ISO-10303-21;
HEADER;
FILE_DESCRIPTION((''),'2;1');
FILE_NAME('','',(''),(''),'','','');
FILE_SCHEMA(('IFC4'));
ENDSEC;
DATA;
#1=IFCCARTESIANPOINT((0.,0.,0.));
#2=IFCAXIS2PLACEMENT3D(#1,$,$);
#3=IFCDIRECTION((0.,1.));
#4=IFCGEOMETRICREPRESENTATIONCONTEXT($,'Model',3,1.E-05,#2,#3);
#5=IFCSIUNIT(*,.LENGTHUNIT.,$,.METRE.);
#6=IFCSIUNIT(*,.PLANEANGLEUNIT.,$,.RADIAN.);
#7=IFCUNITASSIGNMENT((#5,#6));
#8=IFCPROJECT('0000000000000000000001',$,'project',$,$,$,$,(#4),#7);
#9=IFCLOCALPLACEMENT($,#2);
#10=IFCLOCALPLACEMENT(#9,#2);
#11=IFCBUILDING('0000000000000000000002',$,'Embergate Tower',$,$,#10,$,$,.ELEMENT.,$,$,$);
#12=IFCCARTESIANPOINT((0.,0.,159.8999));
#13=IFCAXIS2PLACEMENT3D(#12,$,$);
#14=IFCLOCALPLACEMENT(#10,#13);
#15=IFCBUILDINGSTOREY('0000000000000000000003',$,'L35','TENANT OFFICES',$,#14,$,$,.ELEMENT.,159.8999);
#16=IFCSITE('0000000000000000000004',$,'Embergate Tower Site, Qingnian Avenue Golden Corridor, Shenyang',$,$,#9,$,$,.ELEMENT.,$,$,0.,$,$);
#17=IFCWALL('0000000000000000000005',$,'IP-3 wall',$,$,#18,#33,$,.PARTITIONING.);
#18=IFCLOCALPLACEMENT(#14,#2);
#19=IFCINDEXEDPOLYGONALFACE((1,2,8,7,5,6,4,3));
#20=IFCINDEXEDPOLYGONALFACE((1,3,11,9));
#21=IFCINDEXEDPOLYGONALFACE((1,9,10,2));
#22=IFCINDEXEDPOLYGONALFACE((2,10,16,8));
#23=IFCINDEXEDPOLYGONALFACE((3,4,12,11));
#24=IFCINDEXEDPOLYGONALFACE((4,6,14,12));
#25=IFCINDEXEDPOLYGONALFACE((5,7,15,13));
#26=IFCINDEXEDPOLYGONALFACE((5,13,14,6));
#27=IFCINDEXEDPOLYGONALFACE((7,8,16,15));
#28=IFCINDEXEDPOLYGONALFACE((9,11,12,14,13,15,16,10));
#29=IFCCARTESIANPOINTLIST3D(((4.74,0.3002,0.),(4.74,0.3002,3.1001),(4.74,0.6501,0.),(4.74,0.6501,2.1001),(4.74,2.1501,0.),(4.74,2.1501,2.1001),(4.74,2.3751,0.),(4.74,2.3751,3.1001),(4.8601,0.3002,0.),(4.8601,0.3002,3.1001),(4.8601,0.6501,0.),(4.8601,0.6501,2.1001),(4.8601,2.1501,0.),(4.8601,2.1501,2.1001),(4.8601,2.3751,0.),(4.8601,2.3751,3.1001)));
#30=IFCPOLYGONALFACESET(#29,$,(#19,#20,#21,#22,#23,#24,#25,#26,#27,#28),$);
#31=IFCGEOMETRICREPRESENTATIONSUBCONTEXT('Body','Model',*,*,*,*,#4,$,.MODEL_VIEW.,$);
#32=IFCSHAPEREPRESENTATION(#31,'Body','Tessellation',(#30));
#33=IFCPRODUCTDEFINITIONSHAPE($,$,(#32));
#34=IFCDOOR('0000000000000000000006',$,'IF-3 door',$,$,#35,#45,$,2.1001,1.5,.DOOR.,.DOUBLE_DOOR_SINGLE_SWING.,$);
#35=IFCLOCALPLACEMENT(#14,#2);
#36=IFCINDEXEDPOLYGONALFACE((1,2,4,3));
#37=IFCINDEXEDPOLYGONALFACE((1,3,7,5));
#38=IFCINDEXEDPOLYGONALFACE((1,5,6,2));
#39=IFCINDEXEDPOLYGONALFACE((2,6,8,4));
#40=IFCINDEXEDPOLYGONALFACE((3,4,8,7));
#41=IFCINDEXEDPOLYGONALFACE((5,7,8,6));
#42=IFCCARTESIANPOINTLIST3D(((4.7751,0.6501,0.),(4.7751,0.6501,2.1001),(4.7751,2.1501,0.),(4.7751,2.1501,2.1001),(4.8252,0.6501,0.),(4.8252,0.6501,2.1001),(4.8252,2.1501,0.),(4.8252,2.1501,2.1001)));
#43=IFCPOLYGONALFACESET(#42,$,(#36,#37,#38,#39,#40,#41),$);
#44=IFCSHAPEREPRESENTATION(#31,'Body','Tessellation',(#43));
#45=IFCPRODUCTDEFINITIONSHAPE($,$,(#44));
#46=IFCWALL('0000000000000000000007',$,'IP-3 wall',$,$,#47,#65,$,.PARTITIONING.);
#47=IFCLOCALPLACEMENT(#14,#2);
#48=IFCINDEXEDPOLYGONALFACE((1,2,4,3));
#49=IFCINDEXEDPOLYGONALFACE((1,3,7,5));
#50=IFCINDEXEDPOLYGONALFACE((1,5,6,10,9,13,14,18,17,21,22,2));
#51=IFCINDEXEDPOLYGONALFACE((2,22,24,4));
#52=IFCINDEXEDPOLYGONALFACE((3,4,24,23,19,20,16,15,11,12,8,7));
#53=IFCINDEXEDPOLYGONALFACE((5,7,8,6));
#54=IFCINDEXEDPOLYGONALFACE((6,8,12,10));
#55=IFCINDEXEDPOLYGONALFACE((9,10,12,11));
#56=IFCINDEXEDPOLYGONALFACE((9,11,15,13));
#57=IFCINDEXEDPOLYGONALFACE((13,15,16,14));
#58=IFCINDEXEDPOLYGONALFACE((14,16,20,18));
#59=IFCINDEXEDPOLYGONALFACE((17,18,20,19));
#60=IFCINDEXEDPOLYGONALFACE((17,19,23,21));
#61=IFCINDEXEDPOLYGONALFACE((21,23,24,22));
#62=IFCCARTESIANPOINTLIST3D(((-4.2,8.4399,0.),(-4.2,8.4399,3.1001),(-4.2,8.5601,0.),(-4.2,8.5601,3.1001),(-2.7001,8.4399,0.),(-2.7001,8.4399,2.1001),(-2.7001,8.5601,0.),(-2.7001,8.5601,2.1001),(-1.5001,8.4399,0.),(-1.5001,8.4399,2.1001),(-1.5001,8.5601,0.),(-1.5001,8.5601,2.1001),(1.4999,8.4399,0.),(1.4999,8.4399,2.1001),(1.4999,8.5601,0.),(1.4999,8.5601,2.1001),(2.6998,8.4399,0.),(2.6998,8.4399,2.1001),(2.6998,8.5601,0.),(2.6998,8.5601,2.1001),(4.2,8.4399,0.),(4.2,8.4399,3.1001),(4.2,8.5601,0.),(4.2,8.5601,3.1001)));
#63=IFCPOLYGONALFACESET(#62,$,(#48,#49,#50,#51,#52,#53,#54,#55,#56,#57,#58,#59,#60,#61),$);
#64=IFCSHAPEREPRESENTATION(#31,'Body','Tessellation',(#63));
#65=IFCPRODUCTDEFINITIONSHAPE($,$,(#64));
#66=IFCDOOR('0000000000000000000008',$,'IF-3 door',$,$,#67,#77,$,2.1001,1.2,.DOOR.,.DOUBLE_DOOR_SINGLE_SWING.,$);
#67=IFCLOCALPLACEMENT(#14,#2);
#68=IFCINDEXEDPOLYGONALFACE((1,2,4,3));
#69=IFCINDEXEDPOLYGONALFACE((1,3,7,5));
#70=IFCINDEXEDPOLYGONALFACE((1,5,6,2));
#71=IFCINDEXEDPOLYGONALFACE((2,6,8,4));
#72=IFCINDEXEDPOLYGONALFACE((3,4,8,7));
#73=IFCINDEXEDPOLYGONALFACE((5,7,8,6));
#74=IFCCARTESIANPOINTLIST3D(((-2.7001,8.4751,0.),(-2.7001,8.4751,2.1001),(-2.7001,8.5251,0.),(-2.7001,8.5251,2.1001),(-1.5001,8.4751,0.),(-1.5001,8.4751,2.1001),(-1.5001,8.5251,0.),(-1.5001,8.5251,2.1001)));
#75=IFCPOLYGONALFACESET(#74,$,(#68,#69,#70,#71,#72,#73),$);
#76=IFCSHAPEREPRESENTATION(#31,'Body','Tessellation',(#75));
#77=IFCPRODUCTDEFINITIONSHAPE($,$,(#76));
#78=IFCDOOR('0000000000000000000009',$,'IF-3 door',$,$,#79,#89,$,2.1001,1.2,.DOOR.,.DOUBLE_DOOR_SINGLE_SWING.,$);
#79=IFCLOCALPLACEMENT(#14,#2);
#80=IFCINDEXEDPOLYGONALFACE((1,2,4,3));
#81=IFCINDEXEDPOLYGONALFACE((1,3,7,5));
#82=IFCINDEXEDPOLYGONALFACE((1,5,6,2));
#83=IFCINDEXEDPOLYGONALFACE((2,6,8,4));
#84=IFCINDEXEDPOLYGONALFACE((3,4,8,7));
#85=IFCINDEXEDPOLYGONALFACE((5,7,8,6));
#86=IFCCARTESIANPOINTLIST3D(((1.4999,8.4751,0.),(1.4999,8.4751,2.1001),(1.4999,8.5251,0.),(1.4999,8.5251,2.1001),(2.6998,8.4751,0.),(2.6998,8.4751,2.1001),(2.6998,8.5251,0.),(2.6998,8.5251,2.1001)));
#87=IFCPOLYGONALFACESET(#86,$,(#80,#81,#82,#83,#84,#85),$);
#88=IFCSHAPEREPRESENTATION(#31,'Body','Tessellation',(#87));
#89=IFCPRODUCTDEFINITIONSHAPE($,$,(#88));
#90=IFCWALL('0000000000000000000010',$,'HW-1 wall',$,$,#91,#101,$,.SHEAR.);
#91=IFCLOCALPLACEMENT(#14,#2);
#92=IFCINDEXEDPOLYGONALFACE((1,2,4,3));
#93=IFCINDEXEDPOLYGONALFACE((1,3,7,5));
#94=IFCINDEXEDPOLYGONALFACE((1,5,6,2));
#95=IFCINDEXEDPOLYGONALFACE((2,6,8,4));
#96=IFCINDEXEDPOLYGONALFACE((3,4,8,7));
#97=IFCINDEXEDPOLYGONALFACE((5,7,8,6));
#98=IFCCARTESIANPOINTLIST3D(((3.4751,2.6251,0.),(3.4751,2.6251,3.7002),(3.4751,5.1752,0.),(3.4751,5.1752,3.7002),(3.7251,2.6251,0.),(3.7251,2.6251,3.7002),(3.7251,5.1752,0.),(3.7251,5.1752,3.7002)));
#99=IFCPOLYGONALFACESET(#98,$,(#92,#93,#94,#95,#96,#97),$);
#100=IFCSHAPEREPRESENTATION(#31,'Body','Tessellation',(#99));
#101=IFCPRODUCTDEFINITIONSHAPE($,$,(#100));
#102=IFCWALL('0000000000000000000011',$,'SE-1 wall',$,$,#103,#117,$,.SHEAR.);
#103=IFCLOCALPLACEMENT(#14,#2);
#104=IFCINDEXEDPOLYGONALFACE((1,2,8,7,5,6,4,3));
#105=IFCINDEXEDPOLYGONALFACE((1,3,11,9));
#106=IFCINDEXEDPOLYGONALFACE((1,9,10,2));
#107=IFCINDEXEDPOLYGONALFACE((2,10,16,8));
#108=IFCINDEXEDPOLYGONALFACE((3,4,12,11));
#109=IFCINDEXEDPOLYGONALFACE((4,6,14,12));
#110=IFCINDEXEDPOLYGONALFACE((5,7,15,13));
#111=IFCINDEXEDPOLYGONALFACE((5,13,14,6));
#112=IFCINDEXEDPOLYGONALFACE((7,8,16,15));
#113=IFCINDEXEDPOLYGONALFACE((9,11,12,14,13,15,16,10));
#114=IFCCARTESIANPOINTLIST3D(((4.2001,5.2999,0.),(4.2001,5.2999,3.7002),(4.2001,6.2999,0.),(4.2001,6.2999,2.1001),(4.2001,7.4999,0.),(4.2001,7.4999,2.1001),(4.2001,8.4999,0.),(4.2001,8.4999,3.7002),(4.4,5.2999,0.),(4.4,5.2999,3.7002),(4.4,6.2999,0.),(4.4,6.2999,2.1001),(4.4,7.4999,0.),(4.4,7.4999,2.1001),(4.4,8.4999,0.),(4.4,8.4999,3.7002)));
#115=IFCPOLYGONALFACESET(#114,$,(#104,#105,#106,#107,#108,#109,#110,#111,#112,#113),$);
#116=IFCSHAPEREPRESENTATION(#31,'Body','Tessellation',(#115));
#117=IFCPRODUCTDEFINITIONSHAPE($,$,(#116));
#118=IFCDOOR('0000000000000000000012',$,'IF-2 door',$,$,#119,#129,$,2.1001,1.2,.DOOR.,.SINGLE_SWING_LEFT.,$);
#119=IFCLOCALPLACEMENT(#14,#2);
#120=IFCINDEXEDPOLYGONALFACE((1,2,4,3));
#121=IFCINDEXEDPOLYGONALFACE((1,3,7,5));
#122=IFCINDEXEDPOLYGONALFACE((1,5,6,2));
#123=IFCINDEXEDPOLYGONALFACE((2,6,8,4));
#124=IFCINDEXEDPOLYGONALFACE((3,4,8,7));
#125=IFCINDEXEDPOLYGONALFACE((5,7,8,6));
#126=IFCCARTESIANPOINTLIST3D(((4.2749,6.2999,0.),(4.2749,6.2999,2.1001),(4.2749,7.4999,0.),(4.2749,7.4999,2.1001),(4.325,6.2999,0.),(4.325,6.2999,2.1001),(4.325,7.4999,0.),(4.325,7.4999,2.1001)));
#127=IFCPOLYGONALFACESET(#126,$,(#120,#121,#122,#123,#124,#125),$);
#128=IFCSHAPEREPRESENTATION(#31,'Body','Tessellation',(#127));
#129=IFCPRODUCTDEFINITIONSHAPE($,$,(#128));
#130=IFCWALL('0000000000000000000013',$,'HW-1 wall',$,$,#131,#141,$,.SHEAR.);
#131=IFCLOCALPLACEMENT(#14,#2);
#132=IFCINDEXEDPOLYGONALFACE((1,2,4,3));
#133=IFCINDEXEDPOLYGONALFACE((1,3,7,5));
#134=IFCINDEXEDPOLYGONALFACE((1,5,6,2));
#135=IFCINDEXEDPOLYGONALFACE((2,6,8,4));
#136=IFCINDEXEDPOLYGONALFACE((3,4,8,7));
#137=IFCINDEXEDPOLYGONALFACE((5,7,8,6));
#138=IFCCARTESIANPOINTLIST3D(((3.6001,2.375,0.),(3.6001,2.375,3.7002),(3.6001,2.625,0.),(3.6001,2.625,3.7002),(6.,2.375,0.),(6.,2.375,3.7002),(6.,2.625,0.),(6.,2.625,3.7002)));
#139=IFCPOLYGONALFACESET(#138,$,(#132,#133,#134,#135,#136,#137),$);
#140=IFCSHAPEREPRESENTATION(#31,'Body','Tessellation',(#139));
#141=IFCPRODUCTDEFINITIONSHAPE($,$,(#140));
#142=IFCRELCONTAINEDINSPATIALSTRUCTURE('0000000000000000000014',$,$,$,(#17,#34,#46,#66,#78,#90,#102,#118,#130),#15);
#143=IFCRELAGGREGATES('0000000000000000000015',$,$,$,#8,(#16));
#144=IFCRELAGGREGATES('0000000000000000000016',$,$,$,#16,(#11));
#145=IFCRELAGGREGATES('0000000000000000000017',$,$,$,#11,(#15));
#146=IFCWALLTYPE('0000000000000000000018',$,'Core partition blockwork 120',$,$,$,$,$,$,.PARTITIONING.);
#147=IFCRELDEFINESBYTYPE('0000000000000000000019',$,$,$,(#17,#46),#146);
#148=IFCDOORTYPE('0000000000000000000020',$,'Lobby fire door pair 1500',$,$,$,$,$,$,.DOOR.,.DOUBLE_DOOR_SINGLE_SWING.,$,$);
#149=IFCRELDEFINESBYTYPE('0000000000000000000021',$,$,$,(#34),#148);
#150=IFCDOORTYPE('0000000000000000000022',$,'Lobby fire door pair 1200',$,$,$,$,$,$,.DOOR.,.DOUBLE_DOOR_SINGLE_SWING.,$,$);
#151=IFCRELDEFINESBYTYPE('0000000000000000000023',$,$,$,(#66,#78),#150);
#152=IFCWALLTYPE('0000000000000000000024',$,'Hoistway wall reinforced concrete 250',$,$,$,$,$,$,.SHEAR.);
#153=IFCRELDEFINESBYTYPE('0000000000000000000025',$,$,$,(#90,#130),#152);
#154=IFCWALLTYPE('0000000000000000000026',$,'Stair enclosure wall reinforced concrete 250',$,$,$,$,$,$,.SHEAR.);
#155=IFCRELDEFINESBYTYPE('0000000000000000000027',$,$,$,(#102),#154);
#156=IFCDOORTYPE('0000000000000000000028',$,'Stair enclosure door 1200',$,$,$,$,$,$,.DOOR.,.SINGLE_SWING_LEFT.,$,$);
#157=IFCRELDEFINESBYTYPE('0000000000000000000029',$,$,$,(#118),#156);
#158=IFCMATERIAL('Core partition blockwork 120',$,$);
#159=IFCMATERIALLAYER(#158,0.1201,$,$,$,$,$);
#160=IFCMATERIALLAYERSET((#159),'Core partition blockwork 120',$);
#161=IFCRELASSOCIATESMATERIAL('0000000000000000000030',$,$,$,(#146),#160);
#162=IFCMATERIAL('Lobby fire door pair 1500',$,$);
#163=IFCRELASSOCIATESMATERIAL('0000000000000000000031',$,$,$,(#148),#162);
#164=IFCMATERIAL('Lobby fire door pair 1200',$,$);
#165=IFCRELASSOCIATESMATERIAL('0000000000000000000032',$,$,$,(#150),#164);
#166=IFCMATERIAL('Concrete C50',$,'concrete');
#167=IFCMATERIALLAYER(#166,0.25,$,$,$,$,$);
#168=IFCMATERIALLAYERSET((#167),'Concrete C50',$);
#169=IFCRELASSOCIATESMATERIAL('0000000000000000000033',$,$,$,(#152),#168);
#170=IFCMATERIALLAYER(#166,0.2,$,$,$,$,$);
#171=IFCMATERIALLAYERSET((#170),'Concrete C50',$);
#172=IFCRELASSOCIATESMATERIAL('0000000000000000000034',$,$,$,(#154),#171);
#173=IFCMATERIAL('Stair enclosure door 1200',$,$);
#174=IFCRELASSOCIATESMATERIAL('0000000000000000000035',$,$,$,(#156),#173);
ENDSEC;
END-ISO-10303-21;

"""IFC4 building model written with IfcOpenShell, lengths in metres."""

from ifc_helpers import new_model, si_unit, direction, frame, frame_2d, origin, place, context, subcontext, project, spatial, rectangle, extrude, source, transform, mapped, material, layer, layer_set, type_object, element, fill, save


model = new_model("IFC4")

# Units and contexts
model_context = context("Model", 3, precision=1e-05, world=origin(), true_north=direction((0.0, 1.0)))
body_context = subcontext(model_context, "Body", "Model", "MODEL_VIEW")
ifc_project = project(units=[si_unit("LENGTHUNIT", "METRE"), si_unit("PLANEANGLEUNIT", "RADIAN")], contexts=[model_context])

# Site, building, storey
site_placement = place(None, origin())
site = spatial("IfcSite", under=ifc_project, at=site_placement, Name="Embergate Tower Site, Qingnian Avenue Golden Corridor, Shenyang", CompositionType="ELEMENT", RefElevation=0.0)
building_placement = place(site_placement, origin())
building = spatial("IfcBuilding", under=site, at=building_placement, Name="Embergate Tower", CompositionType="ELEMENT")
storey_placement = place(building_placement, frame((0.0, 0.0, 159.8999)))
storey = spatial("IfcBuildingStorey", under=building, at=storey_placement, Name="L35", Description="TENANT OFFICES", CompositionType="ELEMENT", Elevation=159.8999)

# Wall, opening, door
ifc_material_1 = material(Name="Core partition blockwork 120")
ifc_layer_1 = layer(ifc_material_1, 0.1201)
ifc_layer_set_1 = layer_set([ifc_layer_1], Name="Core partition blockwork 120")
wall_type_1 = type_object("IfcWallType", Name="Core partition blockwork 120", PredefinedType="PARTITIONING", material=ifc_layer_set_1)
shared_shape_1 = source(origin(), body_context, "Body", "SweptSolid", [
    extrude(rectangle(XDim=2.075, YDim=0.1201, at=frame_2d((1.0376, 0.0))), origin(), (0.0, 0.0, 1.0), 3.1001),
])
wall_1_placement = place(storey_placement, frame((4.8, 0.3, 0.0), z_axis=(0.0, 0.0, 1.0), x_axis=(0.0, 1.0, 0.0)))
wall_1 = element("IfcWall", 1, at=wall_1_placement, inside=storey, type_object=wall_type_1, Name="IP-3 wall", PredefinedType="PARTITIONING", context=body_context, shape_type="MappedRepresentation", body=[
    mapped(shared_shape_1, transform((0.0, 0.0, 0.0))),
])
shared_shape_2 = source(origin(), body_context, "Body", "SweptSolid", [
    extrude(rectangle(XDim=1.5, YDim=2.1001, at=frame_2d((0.75, 1.05))), frame((0.0, 0.0701, 0.0), z_axis=(0.0, -1.0, 0.0), x_axis=(1.0, 0.0, 0.0)), (0.0, 0.0, 1.0), 0.1401),
])
opening_1_placement = place(wall_1_placement, frame((0.3501, 0.0, 0.0)))
opening_1 = element("IfcOpeningElement", 2, at=opening_1_placement, cuts=wall_1, PredefinedType="OPENING", context=body_context, shape_type="MappedRepresentation", body=[
    mapped(shared_shape_2, transform((0.0, 0.0, 0.0))),
])
ifc_material_2 = material(Name="Lobby fire door pair 1500")
door_type_1 = type_object("IfcDoorType", Name="Lobby fire door pair 1500", OperationType="DOUBLE_DOOR_SINGLE_SWING", PredefinedType="DOOR", material=ifc_material_2)
shared_shape_3 = source(origin(), body_context, "Body", "SweptSolid", [
    extrude(rectangle(XDim=1.5, YDim=2.1001, at=frame_2d((0.75, 1.05))), frame((0.0, 0.0249, 0.0), z_axis=(0.0, -1.0, 0.0), x_axis=(1.0, 0.0, 0.0)), (0.0, 0.0, 1.0), 0.05),
])
door_1_placement = place(opening_1_placement, origin())
door_1 = element("IfcDoor", 3, at=door_1_placement, inside=storey, type_object=door_type_1, Name="IF-3 door", OperationType="DOUBLE_DOOR_SINGLE_SWING", OverallHeight=2.1001, OverallWidth=1.5, PredefinedType="DOOR", context=body_context, shape_type="MappedRepresentation", body=[
    mapped(shared_shape_3, transform((0.0, 0.0, 0.0))),
])
fill(opening_1, door_1)

# Wall, openings, doors
shared_shape_4 = source(origin(), body_context, "Body", "SweptSolid", [
    extrude(rectangle(XDim=8.3999, YDim=0.1201, at=frame_2d((4.2, 0.0))), origin(), (0.0, 0.0, 1.0), 3.1001),
])
wall_2_placement = place(storey_placement, frame((4.2, 8.5, 0.0), z_axis=(0.0, 0.0, 1.0), x_axis=(-1.0, 0.0, 0.0)))
wall_2 = element("IfcWall", 4, at=wall_2_placement, inside=storey, type_object=wall_type_1, Name="IP-3 wall", PredefinedType="PARTITIONING", context=body_context, shape_type="MappedRepresentation", body=[
    mapped(shared_shape_4, transform((0.0, 0.0, 0.0))),
])
shared_shape_5 = source(origin(), body_context, "Body", "SweptSolid", [
    extrude(rectangle(XDim=1.2, YDim=2.1001, at=frame_2d((0.6001, 1.05))), frame((0.0, 0.0701, 0.0), z_axis=(0.0, -1.0, 0.0), x_axis=(1.0, 0.0, 0.0)), (0.0, 0.0, 1.0), 0.1401),
])
opening_2_placement = place(wall_2_placement, frame((5.7, 0.0, 0.0)))
opening_2 = element("IfcOpeningElement", 5, at=opening_2_placement, cuts=wall_2, PredefinedType="OPENING", context=body_context, shape_type="MappedRepresentation", body=[
    mapped(shared_shape_5, transform((0.0, 0.0, 0.0))),
])
opening_3_placement = place(wall_2_placement, frame((1.5, 0.0, 0.0)))
opening_3 = element("IfcOpeningElement", 6, at=opening_3_placement, cuts=wall_2, PredefinedType="OPENING", context=body_context, shape_type="MappedRepresentation", body=[
    mapped(shared_shape_5, transform((0.0, 0.0, 0.0))),
])
ifc_material_3 = material(Name="Lobby fire door pair 1200")
door_type_2 = type_object("IfcDoorType", Name="Lobby fire door pair 1200", OperationType="DOUBLE_DOOR_SINGLE_SWING", PredefinedType="DOOR", material=ifc_material_3)
shared_shape_6 = source(origin(), body_context, "Body", "SweptSolid", [
    extrude(rectangle(XDim=1.2, YDim=2.1001, at=frame_2d((0.6001, 1.05))), frame((0.0, 0.0249, 0.0), z_axis=(0.0, -1.0, 0.0), x_axis=(1.0, 0.0, 0.0)), (0.0, 0.0, 1.0), 0.05),
])
door_2_placement = place(opening_2_placement, origin())
door_2 = element("IfcDoor", 7, at=door_2_placement, inside=storey, type_object=door_type_2, Name="IF-3 door", OperationType="DOUBLE_DOOR_SINGLE_SWING", OverallHeight=2.1001, OverallWidth=1.2, PredefinedType="DOOR", context=body_context, shape_type="MappedRepresentation", body=[
    mapped(shared_shape_6, transform((0.0, 0.0, 0.0))),
])
fill(opening_2, door_2)
door_3_placement = place(opening_3_placement, origin())
door_3 = element("IfcDoor", 8, at=door_3_placement, inside=storey, type_object=door_type_2, Name="IF-3 door", OperationType="DOUBLE_DOOR_SINGLE_SWING", OverallHeight=2.1001, OverallWidth=1.2, PredefinedType="DOOR", context=body_context, shape_type="MappedRepresentation", body=[
    mapped(shared_shape_6, transform((0.0, 0.0, 0.0))),
])
fill(opening_3, door_3)

# Wall
ifc_material_4 = material(Name="Concrete C50", Category="concrete")
ifc_layer_2 = layer(ifc_material_4, 0.25)
ifc_layer_set_2 = layer_set([ifc_layer_2], Name="Concrete C50")
wall_type_2 = type_object("IfcWallType", Name="Hoistway wall reinforced concrete 250", PredefinedType="SHEAR", material=ifc_layer_set_2)
shared_shape_7 = source(origin(), body_context, "Body", "SweptSolid", [
    extrude(rectangle(XDim=2.55, YDim=0.25, at=frame_2d((1.2749, 0.0))), origin(), (0.0, 0.0, 1.0), 3.7002),
])
wall_3_placement = place(storey_placement, frame((3.6001, 5.175, 0.0), z_axis=(0.0, 0.0, 1.0), x_axis=(0.0, -1.0, 0.0)))
element("IfcWall", 9, at=wall_3_placement, inside=storey, type_object=wall_type_2, Name="HW-1 wall", PredefinedType="SHEAR", context=body_context, shape_type="MappedRepresentation", body=[
    mapped(shared_shape_7, transform((0.0, 0.0, 0.0))),
])

# Wall, opening, door
ifc_layer_3 = layer(ifc_material_4, 0.2)
ifc_layer_set_3 = layer_set([ifc_layer_3], Name="Concrete C50")
wall_type_3 = type_object("IfcWallType", Name="Stair enclosure wall reinforced concrete 250", PredefinedType="SHEAR", material=ifc_layer_set_3)
shared_shape_8 = source(origin(), body_context, "Body", "SweptSolid", [
    extrude(rectangle(XDim=3.2, YDim=0.2, at=frame_2d((1.6001, 0.0))), origin(), (0.0, 0.0, 1.0), 3.7002),
])
wall_4_placement = place(storey_placement, frame((4.3, 8.5, 0.0), z_axis=(0.0, 0.0, 1.0), x_axis=(0.0, -1.0, 0.0)))
wall_4 = element("IfcWall", 10, at=wall_4_placement, inside=storey, type_object=wall_type_3, Name="SE-1 wall", PredefinedType="SHEAR", context=body_context, shape_type="MappedRepresentation", body=[
    mapped(shared_shape_8, transform((0.0, 0.0, 0.0))),
])
shared_shape_9 = source(origin(), body_context, "Body", "SweptSolid", [
    extrude(rectangle(XDim=1.2, YDim=2.1001, at=frame_2d((0.6001, 1.05))), frame((0.0, 0.1099, 0.0), z_axis=(0.0, -1.0, 0.0), x_axis=(1.0, 0.0, 0.0)), (0.0, 0.0, 1.0), 0.22),
])
opening_4_placement = place(wall_4_placement, frame((1.0, 0.0, 0.0)))
opening_4 = element("IfcOpeningElement", 11, at=opening_4_placement, cuts=wall_4, PredefinedType="OPENING", context=body_context, shape_type="MappedRepresentation", body=[
    mapped(shared_shape_9, transform((0.0, 0.0, 0.0))),
])
ifc_material_5 = material(Name="Stair enclosure door 1200")
door_type_3 = type_object("IfcDoorType", Name="Stair enclosure door 1200", OperationType="SINGLE_SWING_LEFT", PredefinedType="DOOR", material=ifc_material_5)
door_4_placement = place(opening_4_placement, origin())
door_4 = element("IfcDoor", 12, at=door_4_placement, inside=storey, type_object=door_type_3, Name="IF-2 door", OperationType="SINGLE_SWING_LEFT", OverallHeight=2.1001, OverallWidth=1.2, PredefinedType="DOOR", context=body_context, shape_type="MappedRepresentation", body=[
    mapped(shared_shape_6, transform((0.0, 0.0, 0.0))),
])
fill(opening_4, door_4)

# Wall
shared_shape_10 = source(origin(), body_context, "Body", "SweptSolid", [
    extrude(rectangle(XDim=2.3999, YDim=0.25, at=frame_2d((1.2, 0.0))), origin(), (0.0, 0.0, 1.0), 3.7002),
])
wall_5_placement = place(storey_placement, frame((3.6001, 2.5, 0.0), z_axis=(0.0, 0.0, 1.0), x_axis=(1.0, 0.0, 0.0)))
element("IfcWall", 13, at=wall_5_placement, inside=storey, type_object=wall_type_2, Name="HW-1 wall", PredefinedType="SHEAR", context=body_context, shape_type="MappedRepresentation", body=[
    mapped(shared_shape_10, transform((0.0, 0.0, 0.0))),
])

save(model, "model.ifc")
